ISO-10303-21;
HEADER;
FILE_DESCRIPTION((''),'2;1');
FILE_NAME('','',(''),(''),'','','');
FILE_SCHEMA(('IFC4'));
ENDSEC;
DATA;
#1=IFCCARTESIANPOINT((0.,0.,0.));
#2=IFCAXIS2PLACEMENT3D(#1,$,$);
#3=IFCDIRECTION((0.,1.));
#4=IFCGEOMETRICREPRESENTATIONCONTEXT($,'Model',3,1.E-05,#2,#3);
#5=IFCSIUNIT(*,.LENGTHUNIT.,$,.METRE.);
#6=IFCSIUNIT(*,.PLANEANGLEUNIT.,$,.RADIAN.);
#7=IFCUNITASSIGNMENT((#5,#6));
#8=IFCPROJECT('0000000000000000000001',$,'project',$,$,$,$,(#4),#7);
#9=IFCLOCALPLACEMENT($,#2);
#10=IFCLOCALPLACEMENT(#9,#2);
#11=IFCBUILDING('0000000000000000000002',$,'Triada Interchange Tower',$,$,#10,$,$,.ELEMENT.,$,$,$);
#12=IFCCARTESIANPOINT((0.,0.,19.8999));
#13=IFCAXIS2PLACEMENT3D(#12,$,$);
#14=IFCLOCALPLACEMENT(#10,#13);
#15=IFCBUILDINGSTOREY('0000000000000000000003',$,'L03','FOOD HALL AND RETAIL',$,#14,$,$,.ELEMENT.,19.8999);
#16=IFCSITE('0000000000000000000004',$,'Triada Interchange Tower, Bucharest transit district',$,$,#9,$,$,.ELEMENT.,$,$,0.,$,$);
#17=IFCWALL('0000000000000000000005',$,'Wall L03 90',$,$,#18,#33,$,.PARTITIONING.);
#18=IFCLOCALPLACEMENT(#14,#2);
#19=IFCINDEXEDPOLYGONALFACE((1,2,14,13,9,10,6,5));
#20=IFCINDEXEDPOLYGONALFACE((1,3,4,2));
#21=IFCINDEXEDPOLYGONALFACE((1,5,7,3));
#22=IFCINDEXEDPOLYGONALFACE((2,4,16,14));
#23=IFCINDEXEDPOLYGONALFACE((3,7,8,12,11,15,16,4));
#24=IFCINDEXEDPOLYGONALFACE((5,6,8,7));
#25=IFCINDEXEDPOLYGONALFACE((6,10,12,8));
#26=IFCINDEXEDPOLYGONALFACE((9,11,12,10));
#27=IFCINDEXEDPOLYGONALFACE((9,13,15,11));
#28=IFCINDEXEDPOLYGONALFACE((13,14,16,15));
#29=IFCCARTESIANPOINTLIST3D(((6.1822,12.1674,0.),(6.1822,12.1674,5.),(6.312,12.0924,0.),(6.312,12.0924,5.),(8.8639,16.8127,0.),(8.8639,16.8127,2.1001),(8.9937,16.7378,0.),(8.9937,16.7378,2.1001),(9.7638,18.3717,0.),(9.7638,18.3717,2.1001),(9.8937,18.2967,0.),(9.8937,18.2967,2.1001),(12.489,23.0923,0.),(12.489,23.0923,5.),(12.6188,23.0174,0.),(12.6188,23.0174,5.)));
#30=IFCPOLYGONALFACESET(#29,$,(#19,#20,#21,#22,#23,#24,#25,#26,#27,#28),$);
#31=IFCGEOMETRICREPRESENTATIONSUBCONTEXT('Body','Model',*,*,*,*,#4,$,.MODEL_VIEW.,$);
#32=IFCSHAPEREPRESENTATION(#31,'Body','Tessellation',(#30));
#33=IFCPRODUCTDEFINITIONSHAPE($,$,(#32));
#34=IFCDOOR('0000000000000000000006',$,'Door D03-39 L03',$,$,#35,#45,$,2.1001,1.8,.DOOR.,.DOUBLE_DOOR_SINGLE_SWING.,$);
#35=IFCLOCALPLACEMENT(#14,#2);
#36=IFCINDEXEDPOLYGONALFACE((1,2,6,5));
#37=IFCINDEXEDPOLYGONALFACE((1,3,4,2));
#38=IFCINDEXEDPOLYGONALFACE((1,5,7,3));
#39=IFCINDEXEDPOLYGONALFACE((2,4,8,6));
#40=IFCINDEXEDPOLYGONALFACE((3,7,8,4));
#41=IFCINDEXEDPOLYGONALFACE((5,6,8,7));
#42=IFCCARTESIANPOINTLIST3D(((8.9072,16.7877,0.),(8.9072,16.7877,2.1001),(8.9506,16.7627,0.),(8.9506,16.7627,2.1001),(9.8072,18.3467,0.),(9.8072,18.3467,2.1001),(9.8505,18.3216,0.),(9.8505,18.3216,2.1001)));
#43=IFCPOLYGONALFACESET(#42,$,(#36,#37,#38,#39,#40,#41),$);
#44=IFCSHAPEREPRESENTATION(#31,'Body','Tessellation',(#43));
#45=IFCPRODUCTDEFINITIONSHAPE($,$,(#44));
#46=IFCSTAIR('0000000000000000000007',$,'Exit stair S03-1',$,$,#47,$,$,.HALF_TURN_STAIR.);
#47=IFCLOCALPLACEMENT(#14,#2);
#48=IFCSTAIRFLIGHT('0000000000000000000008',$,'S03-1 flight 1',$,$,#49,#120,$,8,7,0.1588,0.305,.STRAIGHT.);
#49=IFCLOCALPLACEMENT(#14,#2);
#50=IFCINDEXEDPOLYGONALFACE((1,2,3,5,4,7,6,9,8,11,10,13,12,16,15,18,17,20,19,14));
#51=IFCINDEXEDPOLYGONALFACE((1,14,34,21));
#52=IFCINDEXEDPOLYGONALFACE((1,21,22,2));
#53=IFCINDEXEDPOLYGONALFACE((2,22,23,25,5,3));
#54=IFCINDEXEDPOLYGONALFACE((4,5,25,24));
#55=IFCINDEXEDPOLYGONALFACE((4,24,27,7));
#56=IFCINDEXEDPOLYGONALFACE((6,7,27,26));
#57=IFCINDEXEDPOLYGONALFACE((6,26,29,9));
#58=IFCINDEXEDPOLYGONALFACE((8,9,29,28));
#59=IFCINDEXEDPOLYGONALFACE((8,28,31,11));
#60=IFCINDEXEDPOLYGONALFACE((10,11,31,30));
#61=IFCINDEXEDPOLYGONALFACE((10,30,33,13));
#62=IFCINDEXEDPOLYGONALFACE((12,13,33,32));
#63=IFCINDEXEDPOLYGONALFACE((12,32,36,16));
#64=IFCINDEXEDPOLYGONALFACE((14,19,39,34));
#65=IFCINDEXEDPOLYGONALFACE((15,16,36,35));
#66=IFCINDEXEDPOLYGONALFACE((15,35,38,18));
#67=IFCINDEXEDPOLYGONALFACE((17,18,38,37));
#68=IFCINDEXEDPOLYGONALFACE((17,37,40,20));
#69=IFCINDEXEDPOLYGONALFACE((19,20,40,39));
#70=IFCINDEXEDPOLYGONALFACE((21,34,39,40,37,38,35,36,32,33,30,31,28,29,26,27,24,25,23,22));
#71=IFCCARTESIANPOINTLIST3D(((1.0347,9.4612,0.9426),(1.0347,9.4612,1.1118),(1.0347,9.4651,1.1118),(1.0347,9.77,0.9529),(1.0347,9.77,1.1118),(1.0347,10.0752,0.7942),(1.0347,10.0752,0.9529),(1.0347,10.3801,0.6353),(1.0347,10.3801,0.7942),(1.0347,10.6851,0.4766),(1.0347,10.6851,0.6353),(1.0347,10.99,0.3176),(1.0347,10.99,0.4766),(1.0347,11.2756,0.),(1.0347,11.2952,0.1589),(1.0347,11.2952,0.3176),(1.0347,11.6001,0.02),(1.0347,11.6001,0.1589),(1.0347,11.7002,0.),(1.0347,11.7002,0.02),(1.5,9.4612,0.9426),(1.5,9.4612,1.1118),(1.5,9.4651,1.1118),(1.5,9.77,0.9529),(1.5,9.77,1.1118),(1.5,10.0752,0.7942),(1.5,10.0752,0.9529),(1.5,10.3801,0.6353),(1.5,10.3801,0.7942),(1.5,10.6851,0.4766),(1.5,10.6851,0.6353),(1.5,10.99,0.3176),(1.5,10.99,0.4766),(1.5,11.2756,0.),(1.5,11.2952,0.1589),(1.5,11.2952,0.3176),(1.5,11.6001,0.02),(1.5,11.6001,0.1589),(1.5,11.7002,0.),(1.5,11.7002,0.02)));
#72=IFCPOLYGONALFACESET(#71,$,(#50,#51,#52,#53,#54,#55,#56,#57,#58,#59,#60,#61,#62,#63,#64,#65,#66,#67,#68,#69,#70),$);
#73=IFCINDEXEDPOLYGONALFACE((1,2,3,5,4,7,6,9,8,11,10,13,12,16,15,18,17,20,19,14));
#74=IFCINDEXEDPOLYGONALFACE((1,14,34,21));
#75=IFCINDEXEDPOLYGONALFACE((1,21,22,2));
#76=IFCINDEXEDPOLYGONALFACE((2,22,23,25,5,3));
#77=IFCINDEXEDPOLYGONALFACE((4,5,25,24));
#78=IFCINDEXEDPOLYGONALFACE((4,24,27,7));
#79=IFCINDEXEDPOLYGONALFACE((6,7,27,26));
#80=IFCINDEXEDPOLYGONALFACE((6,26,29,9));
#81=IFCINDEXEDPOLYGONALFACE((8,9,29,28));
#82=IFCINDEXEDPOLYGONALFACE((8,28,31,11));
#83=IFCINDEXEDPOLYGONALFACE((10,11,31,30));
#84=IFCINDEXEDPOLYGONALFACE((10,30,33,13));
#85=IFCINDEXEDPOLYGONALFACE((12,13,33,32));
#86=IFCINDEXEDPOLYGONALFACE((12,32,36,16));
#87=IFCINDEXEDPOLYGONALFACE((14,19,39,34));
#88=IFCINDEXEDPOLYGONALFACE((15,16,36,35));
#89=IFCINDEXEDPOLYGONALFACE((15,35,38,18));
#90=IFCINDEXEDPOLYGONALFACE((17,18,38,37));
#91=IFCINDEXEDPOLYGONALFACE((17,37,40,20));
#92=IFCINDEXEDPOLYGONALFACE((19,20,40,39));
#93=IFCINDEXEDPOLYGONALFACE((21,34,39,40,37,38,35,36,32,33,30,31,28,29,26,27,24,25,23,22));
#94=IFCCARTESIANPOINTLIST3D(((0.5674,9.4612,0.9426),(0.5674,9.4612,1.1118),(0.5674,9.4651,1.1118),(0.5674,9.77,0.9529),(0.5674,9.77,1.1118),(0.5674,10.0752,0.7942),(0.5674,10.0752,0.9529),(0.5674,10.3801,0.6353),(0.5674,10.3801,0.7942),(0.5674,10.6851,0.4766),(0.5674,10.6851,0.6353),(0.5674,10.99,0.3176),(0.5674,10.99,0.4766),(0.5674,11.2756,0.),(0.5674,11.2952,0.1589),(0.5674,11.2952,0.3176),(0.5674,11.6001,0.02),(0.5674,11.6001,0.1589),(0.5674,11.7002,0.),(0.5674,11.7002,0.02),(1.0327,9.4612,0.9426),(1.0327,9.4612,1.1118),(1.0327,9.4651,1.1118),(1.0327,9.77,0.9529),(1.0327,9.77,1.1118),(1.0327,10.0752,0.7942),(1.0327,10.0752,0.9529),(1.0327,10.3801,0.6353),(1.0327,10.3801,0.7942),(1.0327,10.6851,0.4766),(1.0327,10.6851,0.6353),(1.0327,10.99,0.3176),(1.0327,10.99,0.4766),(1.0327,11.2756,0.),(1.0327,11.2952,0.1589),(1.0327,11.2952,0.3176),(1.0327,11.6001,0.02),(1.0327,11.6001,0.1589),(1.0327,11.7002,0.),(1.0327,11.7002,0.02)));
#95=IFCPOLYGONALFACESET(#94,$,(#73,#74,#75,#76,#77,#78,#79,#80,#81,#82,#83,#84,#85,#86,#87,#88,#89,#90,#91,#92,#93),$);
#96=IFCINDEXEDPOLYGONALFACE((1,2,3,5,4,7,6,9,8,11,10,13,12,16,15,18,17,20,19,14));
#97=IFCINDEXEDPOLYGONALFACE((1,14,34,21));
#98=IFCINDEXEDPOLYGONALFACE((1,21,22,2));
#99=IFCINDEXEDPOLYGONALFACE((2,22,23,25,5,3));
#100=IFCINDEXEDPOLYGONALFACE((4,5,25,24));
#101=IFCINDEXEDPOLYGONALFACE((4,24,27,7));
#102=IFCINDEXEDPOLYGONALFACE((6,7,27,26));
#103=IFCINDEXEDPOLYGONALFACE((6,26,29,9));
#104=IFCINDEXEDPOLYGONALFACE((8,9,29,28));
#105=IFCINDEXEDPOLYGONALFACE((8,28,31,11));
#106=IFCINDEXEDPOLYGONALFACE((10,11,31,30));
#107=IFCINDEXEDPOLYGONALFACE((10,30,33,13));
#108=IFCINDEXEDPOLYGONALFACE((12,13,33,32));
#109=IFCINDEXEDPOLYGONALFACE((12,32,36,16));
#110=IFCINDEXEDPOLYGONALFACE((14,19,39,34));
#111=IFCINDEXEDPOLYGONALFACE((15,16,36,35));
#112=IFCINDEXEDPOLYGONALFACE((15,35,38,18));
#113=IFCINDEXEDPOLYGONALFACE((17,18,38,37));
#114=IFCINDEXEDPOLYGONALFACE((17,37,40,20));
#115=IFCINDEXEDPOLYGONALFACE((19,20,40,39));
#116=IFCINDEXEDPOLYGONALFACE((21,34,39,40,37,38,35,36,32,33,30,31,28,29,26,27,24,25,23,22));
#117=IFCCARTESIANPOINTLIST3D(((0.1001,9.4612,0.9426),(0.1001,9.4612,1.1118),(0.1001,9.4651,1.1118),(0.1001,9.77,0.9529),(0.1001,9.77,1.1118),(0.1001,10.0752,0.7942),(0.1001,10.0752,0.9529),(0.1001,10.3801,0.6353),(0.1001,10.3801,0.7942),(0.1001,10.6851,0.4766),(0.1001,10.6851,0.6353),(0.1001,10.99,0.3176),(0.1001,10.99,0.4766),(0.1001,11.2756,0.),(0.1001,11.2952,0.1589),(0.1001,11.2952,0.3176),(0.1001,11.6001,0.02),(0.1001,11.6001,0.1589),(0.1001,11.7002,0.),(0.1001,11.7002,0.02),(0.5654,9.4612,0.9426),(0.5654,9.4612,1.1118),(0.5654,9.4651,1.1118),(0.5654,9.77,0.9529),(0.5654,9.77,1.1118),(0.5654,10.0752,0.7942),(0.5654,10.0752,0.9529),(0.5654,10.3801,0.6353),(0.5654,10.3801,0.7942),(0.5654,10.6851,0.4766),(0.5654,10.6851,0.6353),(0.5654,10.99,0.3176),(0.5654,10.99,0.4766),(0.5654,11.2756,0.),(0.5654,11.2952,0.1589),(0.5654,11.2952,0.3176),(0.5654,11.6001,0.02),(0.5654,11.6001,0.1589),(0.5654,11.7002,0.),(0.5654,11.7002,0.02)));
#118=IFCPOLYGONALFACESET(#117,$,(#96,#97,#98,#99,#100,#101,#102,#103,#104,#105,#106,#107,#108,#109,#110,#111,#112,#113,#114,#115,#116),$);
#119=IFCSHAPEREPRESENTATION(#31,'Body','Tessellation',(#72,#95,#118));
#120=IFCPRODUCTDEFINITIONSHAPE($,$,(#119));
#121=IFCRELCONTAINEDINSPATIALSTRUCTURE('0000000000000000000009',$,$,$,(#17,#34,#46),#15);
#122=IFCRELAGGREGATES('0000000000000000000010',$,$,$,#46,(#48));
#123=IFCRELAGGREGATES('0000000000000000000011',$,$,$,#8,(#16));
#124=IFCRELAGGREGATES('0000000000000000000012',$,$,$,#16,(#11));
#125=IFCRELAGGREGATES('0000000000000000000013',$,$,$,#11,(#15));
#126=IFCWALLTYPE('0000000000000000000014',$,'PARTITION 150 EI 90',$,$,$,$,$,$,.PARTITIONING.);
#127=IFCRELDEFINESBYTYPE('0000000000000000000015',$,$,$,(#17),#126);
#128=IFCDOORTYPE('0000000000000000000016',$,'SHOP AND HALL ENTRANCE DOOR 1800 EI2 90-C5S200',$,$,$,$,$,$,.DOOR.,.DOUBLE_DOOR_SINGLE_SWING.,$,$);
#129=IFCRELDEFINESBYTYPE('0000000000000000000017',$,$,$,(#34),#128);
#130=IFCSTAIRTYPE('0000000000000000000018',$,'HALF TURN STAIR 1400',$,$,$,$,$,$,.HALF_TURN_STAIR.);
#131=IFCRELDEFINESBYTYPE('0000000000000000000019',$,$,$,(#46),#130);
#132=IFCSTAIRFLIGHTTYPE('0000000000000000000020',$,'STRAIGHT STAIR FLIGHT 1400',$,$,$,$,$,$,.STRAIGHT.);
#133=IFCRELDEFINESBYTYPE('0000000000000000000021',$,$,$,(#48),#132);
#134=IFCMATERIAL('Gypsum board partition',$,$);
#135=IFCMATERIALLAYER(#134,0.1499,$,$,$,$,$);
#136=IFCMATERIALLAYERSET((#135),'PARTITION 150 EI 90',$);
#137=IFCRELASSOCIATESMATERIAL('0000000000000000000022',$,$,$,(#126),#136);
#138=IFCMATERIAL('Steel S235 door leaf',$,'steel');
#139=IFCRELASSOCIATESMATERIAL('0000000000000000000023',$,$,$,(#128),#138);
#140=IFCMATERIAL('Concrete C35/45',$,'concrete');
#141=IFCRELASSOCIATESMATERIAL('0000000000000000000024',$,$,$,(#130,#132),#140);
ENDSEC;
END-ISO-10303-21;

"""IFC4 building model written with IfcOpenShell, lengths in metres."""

from ifc_helpers import new_model, si_unit, direction, frame, frame_2d, origin, place, context, subcontext, project, spatial, polyline, rectangle, outline, extrude, material, layer, layer_set, type_object, element, fill, aggregate, save


model = new_model("IFC4")

# Units and contexts
model_context = context("Model", 3, precision=1e-05, world=origin(), true_north=direction((0.0, 1.0)))
body_context = subcontext(model_context, "Body", "Model", "MODEL_VIEW")
ifc_project = project(units=[si_unit("LENGTHUNIT", "METRE"), si_unit("PLANEANGLEUNIT", "RADIAN")], contexts=[model_context])

# Site, building, storey
site_placement = place(None, origin())
site = spatial("IfcSite", under=ifc_project, at=site_placement, Name="Triada Interchange Tower, Bucharest transit district", CompositionType="ELEMENT", RefElevation=0.0)
building_placement = place(site_placement, origin())
building = spatial("IfcBuilding", under=site, at=building_placement, Name="Triada Interchange Tower", CompositionType="ELEMENT")
storey_placement = place(building_placement, frame((0.0, 0.0, 19.8999)))
storey = spatial("IfcBuildingStorey", under=building, at=storey_placement, Name="L03", Description="FOOD HALL AND RETAIL", CompositionType="ELEMENT", Elevation=19.8999)

# Shared definitions
ifc_material_1 = material(Name="Concrete C35/45", Category="concrete")

# Shared definitions
ifc_material_2 = material(Name="Steel S235 door leaf", Category="steel")

# Shared definitions
ifc_material_3 = material(Name="Gypsum board partition")
ifc_layer_1 = layer(ifc_material_3, 0.1499)
ifc_layer_set_1 = layer_set([ifc_layer_1], Name="PARTITION 150 EI 90")
wall_type_1 = type_object("IfcWallType", Name="PARTITION 150 EI 90", PredefinedType="PARTITIONING", material=ifc_layer_set_1)

# Wall, opening, door
wall_1_placement = place(storey_placement, frame((6.2471, 12.1299, 0.0), z_axis=(0.0, 0.0, 1.0), x_axis=(0.499959, 0.866049, 0.0)))
wall_1 = element("IfcWall", 1, at=wall_1_placement, inside=storey, type_object=wall_type_1, Name="Wall L03 90", PredefinedType="PARTITIONING", context=body_context, shape_type="SweptSolid", body=[
    extrude(rectangle(XDim=12.6147, YDim=0.1499, at=frame_2d((6.3074, 0.0))), origin(), (0.0, 0.0, 1.0), 5.0),
])
opening_1_placement = place(wall_1_placement, frame((5.364, 0.0, 0.0)))
opening_1 = element("IfcOpeningElement", 2, at=opening_1_placement, cuts=wall_1, PredefinedType="OPENING", context=body_context, shape_type="SweptSolid", body=[
    extrude(rectangle(XDim=1.8, YDim=2.1001, at=frame_2d((0.8999, 1.05))), frame((0.0, 0.085, 0.0), z_axis=(0.0, -1.0, 0.0), x_axis=(1.0, 0.0, 0.0)), (0.0, 0.0, 1.0), 0.1699),
])
door_type_1 = type_object("IfcDoorType", Name="SHOP AND HALL ENTRANCE DOOR 1800 EI2 90-C5S200", OperationType="DOUBLE_DOOR_SINGLE_SWING", PredefinedType="DOOR", material=ifc_material_2)
door_1_placement = place(opening_1_placement, origin())
door_1 = element("IfcDoor", 3, at=door_1_placement, inside=storey, type_object=door_type_1, Name="Door D03-39 L03", OperationType="DOUBLE_DOOR_SINGLE_SWING", OverallHeight=2.1001, OverallWidth=1.8, PredefinedType="DOOR", context=body_context, shape_type="SweptSolid", body=[
    extrude(rectangle(XDim=1.8, YDim=2.1001, at=frame_2d((0.8999, 1.05))), frame((0.0, 0.0249, 0.0), z_axis=(0.0, -1.0, 0.0), x_axis=(1.0, 0.0, 0.0)), (0.0, 0.0, 1.0), 0.05),
])
fill(opening_1, door_1)

# Stair, stair flight
stair_type = type_object("IfcStairType", Name="HALF TURN STAIR 1400", PredefinedType="HALF_TURN_STAIR", material=ifc_material_1)
stair_placement = place(storey_placement, origin())
stair = element("IfcStair", 4, at=stair_placement, inside=storey, type_object=stair_type, Name="Exit stair S03-1", PredefinedType="HALF_TURN_STAIR")
stair_flight_type = type_object("IfcStairFlightType", Name="STRAIGHT STAIR FLIGHT 1400", PredefinedType="STRAIGHT", material=ifc_material_1)
stair_flight_1_placement = place(storey_placement, frame((0.8, 11.6001, 0.0), z_axis=(0.0, 0.0, 1.0), x_axis=(0.0, -1.0, 0.0)))
stair_flight_1 = element("IfcStairFlight", 5, at=stair_flight_1_placement, type_object=stair_flight_type, Name="S03-1 flight 1", NumberOfRisers=8, NumberOfTreads=7, PredefinedType="STRAIGHT", RiserHeight=0.1588, TreadLength=0.305, context=body_context, shape_type="SweptSolid", body=[
    extrude(outline(polyline([(-0.1001, 0.0), (-0.1001, 0.02), (0.0, 0.02), (0.0, 0.1589), (0.3049, 0.1589), (0.3049, 0.3176), (0.6101, 0.3176), (0.6101, 0.4766), (0.915, 0.4766), (0.915, 0.6353), (1.22, 0.6353), (1.22, 0.7942), (1.5249, 0.7942), (1.5249, 0.9529), (1.8301, 0.9529), (1.8301, 1.1118), (2.135, 1.1118), (2.1389, 1.1118), (2.1389, 1.2705), (2.1389, 0.9426), (0.3245, 0.0), (-0.1001, 0.0)])), frame((0.0, 0.7, 0.0), z_axis=(0.0, -1.0, 0.0), x_axis=(1.0, 0.0, 0.0)), (0.0, 0.0, 1.0), 0.4653),
    extrude(outline(polyline([(-0.1001, 0.0), (-0.1001, 0.02), (0.0, 0.02), (0.0, 0.1589), (0.3049, 0.1589), (0.3049, 0.3176), (0.6101, 0.3176), (0.6101, 0.4766), (0.915, 0.4766), (0.915, 0.6353), (1.22, 0.6353), (1.22, 0.7942), (1.5249, 0.7942), (1.5249, 0.9529), (1.8301, 0.9529), (1.8301, 1.1118), (2.135, 1.1118), (2.1389, 1.1118), (2.1389, 1.2705), (2.1389, 0.9426), (0.3245, 0.0), (-0.1001, 0.0)])), frame((0.0, 0.2327, 0.0), z_axis=(0.0, -1.0, 0.0), x_axis=(1.0, 0.0, 0.0)), (0.0, 0.0, 1.0), 0.4653),
    extrude(outline(polyline([(-0.1001, 0.0), (-0.1001, 0.02), (0.0, 0.02), (0.0, 0.1589), (0.3049, 0.1589), (0.3049, 0.3176), (0.6101, 0.3176), (0.6101, 0.4766), (0.915, 0.4766), (0.915, 0.6353), (1.22, 0.6353), (1.22, 0.7942), (1.5249, 0.7942), (1.5249, 0.9529), (1.8301, 0.9529), (1.8301, 1.1118), (2.135, 1.1118), (2.1389, 1.1118), (2.1389, 1.2705), (2.1389, 0.9426), (0.3245, 0.0), (-0.1001, 0.0)])), frame((0.0, -0.2346, 0.0), z_axis=(0.0, -1.0, 0.0), x_axis=(1.0, 0.0, 0.0)), (0.0, 0.0, 1.0), 0.4653),
])
aggregate(stair, [stair_flight_1])

save(model, "model.ifc")
